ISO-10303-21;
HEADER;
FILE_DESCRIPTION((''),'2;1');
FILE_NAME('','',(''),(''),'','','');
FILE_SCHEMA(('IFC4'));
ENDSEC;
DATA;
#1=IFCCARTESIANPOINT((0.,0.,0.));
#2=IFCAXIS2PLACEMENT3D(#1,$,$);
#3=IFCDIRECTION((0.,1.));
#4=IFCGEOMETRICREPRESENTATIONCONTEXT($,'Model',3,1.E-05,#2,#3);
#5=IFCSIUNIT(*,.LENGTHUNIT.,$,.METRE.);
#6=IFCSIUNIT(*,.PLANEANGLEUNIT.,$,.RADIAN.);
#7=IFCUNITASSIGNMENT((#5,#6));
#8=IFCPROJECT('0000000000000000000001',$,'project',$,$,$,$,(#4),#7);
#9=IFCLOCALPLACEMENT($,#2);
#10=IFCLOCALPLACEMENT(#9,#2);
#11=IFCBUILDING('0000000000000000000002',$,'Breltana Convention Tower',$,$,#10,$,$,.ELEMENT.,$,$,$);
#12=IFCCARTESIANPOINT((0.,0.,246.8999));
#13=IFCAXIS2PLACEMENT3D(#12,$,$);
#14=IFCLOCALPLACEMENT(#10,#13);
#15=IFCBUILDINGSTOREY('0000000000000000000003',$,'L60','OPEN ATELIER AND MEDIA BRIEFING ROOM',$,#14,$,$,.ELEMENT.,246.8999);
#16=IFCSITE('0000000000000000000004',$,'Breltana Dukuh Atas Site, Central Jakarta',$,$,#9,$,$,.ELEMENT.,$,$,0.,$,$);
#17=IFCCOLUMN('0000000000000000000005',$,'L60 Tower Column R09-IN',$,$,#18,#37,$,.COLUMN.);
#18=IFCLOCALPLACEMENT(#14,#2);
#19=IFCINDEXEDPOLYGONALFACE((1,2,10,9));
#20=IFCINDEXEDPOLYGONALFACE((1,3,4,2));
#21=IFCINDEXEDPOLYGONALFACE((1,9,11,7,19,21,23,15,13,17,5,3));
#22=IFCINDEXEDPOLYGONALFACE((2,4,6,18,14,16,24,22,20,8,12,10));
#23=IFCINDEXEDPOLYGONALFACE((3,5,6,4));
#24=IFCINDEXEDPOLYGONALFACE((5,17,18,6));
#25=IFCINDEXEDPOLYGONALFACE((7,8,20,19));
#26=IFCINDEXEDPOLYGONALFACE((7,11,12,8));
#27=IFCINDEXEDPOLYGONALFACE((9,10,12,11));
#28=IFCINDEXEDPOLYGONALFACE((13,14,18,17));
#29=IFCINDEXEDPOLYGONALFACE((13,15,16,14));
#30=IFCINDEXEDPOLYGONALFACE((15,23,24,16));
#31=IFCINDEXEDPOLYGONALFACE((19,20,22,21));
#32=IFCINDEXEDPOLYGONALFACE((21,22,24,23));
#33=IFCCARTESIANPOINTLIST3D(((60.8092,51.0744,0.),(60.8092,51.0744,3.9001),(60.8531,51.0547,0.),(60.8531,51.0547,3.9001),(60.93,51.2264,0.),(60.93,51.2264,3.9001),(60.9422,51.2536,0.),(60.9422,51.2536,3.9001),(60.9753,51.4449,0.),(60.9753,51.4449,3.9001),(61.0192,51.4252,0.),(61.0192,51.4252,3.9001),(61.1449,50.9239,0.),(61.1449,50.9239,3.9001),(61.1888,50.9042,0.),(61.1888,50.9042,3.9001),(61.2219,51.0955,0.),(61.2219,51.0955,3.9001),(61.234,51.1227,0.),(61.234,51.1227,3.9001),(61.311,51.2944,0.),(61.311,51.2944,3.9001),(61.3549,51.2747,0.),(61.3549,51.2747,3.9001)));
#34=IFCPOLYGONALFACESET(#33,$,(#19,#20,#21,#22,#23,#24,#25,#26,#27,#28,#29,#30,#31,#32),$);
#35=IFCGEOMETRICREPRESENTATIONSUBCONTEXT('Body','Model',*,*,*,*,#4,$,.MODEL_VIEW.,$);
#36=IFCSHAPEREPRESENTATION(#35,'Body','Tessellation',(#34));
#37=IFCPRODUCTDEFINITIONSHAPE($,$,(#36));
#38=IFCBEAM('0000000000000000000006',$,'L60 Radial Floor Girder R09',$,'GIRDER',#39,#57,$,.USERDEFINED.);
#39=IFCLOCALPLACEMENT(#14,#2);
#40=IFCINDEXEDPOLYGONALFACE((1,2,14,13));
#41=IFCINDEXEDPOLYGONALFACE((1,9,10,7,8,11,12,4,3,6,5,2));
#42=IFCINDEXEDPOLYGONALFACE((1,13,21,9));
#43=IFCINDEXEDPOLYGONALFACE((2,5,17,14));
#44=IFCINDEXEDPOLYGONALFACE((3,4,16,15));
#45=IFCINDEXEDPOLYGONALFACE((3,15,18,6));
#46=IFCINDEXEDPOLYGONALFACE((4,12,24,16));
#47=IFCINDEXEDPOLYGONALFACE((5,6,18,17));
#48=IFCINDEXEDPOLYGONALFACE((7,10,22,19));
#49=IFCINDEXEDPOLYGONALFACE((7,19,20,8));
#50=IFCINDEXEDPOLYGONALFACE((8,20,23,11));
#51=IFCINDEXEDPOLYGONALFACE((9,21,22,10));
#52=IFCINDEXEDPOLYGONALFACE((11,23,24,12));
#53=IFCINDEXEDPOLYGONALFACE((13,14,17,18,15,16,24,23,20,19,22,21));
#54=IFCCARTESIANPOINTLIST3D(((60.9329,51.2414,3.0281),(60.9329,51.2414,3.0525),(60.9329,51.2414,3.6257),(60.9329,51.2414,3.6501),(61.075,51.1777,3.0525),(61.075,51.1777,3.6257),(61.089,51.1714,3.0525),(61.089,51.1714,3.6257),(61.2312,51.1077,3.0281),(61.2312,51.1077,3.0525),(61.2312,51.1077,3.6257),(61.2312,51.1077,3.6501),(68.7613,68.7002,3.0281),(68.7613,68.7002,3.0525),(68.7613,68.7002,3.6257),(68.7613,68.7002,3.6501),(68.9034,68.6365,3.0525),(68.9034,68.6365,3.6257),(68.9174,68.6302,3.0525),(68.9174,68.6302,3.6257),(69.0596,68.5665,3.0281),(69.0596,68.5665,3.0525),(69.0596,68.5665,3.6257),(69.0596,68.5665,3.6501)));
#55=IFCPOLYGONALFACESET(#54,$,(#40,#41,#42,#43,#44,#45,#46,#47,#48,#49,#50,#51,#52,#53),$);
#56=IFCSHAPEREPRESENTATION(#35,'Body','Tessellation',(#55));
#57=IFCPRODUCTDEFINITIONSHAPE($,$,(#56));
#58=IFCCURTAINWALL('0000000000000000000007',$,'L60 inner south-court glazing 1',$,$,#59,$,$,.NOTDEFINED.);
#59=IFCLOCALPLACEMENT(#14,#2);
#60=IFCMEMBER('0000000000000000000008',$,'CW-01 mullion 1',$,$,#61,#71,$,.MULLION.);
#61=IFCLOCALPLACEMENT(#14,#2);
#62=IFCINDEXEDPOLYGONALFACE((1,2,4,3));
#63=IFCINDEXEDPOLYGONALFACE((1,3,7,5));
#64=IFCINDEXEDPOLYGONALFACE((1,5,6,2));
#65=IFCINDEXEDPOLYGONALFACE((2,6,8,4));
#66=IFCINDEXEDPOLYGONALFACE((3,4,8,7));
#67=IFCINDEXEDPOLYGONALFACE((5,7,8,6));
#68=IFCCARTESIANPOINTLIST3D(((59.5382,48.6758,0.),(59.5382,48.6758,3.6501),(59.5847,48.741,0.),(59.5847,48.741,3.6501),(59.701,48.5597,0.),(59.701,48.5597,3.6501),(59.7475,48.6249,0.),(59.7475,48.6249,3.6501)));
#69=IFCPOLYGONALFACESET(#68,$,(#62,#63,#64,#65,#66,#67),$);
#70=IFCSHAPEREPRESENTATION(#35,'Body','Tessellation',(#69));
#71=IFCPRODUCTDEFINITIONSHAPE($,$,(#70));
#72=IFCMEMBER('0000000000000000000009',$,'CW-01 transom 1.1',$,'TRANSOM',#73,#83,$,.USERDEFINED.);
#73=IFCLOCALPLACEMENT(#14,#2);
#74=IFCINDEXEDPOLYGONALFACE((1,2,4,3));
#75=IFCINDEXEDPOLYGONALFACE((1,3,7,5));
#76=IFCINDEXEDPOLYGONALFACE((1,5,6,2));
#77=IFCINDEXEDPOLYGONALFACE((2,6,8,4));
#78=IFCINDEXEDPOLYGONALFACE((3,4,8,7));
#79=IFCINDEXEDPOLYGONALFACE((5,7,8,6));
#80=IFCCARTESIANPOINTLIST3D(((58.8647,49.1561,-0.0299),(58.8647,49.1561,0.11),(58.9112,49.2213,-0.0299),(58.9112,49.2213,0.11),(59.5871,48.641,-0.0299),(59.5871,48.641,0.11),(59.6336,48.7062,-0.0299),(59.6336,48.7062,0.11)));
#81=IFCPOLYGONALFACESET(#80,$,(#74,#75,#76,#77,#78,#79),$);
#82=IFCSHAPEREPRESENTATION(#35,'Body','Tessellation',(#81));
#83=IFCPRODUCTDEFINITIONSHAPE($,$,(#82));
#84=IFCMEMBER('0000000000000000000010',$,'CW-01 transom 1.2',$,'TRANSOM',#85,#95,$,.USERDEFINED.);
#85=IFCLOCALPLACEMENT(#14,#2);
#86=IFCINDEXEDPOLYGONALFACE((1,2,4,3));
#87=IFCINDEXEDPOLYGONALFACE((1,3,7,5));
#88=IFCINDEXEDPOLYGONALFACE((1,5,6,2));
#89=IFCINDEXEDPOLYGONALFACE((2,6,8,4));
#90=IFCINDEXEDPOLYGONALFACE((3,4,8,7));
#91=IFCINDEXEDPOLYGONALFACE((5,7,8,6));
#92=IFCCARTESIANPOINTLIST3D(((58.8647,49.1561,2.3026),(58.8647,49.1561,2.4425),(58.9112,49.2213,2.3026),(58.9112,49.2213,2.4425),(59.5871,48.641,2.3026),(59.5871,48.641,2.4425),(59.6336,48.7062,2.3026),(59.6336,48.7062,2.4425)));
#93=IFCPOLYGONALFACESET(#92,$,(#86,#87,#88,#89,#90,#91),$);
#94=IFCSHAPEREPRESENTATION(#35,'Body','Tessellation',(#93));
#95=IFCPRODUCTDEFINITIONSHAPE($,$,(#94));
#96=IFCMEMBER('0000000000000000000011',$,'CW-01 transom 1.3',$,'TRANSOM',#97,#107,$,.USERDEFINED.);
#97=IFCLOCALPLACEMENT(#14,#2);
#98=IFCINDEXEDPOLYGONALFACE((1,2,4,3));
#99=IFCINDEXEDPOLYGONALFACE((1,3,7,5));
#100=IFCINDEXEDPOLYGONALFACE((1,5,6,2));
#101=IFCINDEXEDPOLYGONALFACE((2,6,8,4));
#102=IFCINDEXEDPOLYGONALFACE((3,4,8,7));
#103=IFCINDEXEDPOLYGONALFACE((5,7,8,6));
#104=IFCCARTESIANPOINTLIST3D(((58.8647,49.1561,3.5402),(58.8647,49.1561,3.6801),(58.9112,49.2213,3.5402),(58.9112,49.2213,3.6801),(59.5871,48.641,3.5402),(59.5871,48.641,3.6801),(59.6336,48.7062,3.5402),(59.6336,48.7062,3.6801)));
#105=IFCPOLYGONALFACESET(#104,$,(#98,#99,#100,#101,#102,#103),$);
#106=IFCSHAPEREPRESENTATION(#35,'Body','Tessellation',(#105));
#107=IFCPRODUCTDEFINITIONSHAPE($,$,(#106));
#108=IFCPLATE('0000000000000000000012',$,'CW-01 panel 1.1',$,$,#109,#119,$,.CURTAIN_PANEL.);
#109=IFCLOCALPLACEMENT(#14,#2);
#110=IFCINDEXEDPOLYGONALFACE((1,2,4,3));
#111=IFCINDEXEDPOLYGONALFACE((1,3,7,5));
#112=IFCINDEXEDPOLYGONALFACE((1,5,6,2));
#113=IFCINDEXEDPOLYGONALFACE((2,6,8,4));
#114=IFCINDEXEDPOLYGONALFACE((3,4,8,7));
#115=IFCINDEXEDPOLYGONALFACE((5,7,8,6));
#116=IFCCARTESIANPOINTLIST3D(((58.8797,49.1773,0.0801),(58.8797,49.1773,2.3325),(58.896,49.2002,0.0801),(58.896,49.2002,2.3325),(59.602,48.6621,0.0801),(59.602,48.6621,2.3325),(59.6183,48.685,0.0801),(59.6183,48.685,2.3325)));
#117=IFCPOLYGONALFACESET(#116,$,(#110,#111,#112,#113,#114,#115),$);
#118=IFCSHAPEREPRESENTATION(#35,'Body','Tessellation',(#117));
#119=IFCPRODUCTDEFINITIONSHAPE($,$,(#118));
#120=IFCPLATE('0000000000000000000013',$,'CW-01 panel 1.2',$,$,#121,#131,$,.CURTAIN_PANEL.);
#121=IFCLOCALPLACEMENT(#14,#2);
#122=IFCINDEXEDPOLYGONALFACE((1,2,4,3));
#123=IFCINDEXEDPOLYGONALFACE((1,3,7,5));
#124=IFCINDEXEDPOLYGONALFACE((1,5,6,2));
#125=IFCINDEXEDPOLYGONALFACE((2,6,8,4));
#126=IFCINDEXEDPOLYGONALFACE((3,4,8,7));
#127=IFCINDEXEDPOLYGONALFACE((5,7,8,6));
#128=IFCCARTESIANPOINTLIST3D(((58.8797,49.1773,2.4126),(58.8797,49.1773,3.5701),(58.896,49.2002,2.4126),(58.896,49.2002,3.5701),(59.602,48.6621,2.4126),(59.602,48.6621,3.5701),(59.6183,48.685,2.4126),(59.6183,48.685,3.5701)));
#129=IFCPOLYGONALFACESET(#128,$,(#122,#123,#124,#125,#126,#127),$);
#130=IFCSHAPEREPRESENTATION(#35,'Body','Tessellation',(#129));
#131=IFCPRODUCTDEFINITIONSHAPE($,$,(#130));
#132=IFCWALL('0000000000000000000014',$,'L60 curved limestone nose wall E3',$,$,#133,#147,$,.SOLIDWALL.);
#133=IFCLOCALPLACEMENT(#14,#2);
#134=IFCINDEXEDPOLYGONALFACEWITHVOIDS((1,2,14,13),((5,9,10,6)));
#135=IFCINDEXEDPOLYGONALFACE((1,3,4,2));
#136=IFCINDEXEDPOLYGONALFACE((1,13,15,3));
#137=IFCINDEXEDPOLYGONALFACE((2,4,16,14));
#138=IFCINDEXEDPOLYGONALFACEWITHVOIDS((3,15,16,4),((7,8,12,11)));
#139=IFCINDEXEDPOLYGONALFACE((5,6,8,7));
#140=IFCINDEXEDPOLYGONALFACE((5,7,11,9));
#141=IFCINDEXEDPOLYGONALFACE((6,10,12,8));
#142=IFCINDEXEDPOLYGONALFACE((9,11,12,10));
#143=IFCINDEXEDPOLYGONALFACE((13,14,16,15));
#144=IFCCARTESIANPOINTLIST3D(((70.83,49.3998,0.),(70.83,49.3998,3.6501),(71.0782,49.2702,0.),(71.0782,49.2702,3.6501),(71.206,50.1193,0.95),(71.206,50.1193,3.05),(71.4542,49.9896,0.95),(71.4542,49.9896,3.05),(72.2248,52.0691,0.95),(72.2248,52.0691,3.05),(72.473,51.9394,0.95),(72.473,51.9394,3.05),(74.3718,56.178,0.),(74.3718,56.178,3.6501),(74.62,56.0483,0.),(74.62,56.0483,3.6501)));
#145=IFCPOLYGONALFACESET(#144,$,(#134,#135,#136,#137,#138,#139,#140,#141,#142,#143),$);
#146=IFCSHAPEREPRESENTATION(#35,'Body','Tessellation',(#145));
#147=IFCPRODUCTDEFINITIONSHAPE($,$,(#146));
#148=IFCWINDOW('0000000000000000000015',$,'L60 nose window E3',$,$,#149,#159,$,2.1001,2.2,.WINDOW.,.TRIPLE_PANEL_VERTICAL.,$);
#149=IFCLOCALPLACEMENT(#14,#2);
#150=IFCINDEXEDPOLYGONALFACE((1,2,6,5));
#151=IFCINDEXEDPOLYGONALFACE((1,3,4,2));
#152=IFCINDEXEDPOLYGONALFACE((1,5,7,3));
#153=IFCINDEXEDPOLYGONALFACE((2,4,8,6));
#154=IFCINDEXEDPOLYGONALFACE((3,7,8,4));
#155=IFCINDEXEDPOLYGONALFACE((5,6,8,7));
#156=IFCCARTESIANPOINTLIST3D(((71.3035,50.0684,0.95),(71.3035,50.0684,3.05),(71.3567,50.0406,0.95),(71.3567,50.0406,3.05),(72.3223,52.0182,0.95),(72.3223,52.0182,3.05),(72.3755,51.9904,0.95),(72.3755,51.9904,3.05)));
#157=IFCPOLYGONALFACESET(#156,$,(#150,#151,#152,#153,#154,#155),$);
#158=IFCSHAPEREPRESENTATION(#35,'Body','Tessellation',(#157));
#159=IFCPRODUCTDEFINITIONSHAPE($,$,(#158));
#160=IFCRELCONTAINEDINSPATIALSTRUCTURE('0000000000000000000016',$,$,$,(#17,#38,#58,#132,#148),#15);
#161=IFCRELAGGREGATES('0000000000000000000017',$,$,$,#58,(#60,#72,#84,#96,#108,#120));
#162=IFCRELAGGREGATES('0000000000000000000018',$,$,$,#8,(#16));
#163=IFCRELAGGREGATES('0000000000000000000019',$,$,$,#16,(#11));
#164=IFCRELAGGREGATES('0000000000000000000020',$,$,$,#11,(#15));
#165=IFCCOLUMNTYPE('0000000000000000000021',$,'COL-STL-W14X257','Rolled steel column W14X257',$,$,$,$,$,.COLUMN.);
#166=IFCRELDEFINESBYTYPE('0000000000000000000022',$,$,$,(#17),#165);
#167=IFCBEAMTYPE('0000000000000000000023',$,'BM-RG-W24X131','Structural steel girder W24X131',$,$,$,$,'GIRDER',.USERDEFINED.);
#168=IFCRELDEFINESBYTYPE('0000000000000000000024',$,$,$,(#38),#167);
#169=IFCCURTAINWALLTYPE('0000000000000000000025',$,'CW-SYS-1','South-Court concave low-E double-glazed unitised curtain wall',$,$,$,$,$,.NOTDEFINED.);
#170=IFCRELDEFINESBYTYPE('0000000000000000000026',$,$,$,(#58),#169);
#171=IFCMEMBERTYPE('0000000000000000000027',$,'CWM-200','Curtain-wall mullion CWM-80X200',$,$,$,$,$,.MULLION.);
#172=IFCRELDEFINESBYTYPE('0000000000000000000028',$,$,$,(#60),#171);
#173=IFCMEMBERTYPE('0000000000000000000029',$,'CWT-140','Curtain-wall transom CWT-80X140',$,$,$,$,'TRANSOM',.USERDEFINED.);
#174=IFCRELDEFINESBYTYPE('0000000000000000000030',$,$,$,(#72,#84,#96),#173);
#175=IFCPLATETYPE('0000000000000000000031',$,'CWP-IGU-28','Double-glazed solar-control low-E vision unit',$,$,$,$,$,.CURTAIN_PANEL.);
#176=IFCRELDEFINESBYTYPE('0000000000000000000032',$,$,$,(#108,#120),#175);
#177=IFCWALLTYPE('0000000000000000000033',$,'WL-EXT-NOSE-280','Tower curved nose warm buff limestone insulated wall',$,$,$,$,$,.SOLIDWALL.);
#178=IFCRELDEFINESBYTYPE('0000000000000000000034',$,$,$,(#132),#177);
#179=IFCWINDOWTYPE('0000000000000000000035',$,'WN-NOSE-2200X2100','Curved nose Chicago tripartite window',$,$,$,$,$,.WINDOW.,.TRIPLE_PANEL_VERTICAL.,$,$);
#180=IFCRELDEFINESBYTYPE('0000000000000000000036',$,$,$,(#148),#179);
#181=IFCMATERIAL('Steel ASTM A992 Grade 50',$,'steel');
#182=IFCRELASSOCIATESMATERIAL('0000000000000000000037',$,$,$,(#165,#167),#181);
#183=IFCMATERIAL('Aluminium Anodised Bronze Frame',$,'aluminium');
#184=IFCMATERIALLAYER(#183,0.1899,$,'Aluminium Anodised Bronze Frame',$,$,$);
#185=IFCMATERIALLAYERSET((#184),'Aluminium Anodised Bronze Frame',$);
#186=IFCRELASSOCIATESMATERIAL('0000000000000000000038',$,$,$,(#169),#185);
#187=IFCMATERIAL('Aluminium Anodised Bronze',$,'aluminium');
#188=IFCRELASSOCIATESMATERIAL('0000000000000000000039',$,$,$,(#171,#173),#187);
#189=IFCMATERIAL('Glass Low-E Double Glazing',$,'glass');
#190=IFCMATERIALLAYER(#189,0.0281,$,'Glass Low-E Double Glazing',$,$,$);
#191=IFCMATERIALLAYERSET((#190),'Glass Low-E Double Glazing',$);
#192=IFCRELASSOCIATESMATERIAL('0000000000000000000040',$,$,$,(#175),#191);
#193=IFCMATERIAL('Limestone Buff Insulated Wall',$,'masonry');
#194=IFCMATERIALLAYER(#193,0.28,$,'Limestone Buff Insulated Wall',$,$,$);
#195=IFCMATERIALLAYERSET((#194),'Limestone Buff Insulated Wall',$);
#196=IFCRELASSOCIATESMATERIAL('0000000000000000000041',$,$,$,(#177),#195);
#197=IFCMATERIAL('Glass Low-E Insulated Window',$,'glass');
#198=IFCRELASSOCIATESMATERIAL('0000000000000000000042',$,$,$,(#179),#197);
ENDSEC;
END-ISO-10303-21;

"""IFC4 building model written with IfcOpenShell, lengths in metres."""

from ifc_helpers import new_model, si_unit, direction, frame, frame_2d, origin, origin_2d, place, context, subcontext, project, spatial, rectangle, i_section, extrude, source, transform, mapped, material, layer, layer_set, material_profile, profile_set, type_object, type_shapes, element, fill, aggregate, save


model = new_model("IFC4")

# Units and contexts
model_context = context("Model", 3, precision=1e-05, world=origin(), true_north=direction((0.0, 1.0)))
body_context = subcontext(model_context, "Body", "Model", "MODEL_VIEW")
ifc_project = project(units=[si_unit("LENGTHUNIT", "METRE"), si_unit("PLANEANGLEUNIT", "RADIAN")], contexts=[model_context])

# Site, building, storey
site_placement = place(None, origin())
site = spatial("IfcSite", under=ifc_project, at=site_placement, Name="Breltana Dukuh Atas Site, Central Jakarta", CompositionType="ELEMENT", RefElevation=0.0)
building_placement = place(site_placement, origin())
building = spatial("IfcBuilding", under=site, at=building_placement, Name="Breltana Convention Tower", CompositionType="ELEMENT")
storey_placement = place(building_placement, frame((0.0, 0.0, 246.8999)))
storey = spatial("IfcBuildingStorey", under=building, at=storey_placement, Name="L60", Description="OPEN ATELIER AND MEDIA BRIEFING ROOM", CompositionType="ELEMENT", Elevation=246.8999)

# Column
ifc_material_1 = material(Name="Steel ASTM A992 Grade 50", Category="steel")
ifc_material_profile_1 = material_profile(ifc_material_1, i_section(OverallWidth=0.406, OverallDepth=0.416, WebThickness=0.0298, FlangeThickness=0.0481, at=origin_2d()), Name="W14X257")
ifc_profile_set_1 = profile_set([ifc_material_profile_1], Name="Steel ASTM A992 Grade 50")
column_type = type_object("IfcColumnType", Name="COL-STL-W14X257", Description="Rolled steel column W14X257", PredefinedType="COLUMN", material=ifc_profile_set_1)
shared_shape_1 = source(origin(), body_context, "Body", "SweptSolid", [
    extrude(i_section(OverallWidth=0.406, OverallDepth=0.416, WebThickness=0.0298, FlangeThickness=0.0481, at=origin_2d()), origin(), (0.0, 0.0, 1.0), 3.9001),
])
column_placement = place(storey_placement, frame((61.082, 51.1746, 0.0), z_axis=(0.0, 0.0, 1.0), x_axis=(0.409127, 0.912477, 0.0)))
element("IfcColumn", 1, at=column_placement, inside=storey, type_object=column_type, Name="L60 Tower Column R09-IN", PredefinedType="COLUMN", context=body_context, shape_type="MappedRepresentation", body=[
    mapped(shared_shape_1, transform((0.0, 0.0, 0.0), scale=1.0)),
])

# Beam
ifc_material_profile_2 = material_profile(ifc_material_1, i_section(OverallWidth=0.3269, OverallDepth=0.6221, WebThickness=0.0154, FlangeThickness=0.0244, at=origin_2d()), Name="W24X131")
ifc_profile_set_2 = profile_set([ifc_material_profile_2], Name="Steel ASTM A992 Grade 50")
beam_type = type_object("IfcBeamType", Name="BM-RG-W24X131", Description="Structural steel girder W24X131", ElementType="GIRDER", PredefinedType="USERDEFINED", material=ifc_profile_set_2)
shared_shape_2 = source(origin(), body_context, "Body", "SweptSolid", [
    extrude(i_section(OverallWidth=0.3269, OverallDepth=0.6221, WebThickness=0.0154, FlangeThickness=0.0244, at=origin_2d()), origin(), (0.0, 0.0, 1.0), 19.1335),
])
beam_placement = place(storey_placement, frame((61.082, 51.1746, 3.3391), z_axis=(0.409145, 0.91247, 0.0), x_axis=(-0.91247, 0.409145, 0.0)))
element("IfcBeam", 2, at=beam_placement, inside=storey, type_object=beam_type, Name="L60 Radial Floor Girder R09", ObjectType="GIRDER", PredefinedType="USERDEFINED", context=body_context, shape_type="MappedRepresentation", body=[
    mapped(shared_shape_2, transform((0.0, 0.0, 0.0), scale=1.0)),
])

# Curtain wall, members, plates
ifc_material_2 = material(Name="Aluminium Anodised Bronze Frame", Category="aluminium")
ifc_layer_1 = layer(ifc_material_2, 0.1899, Name="Aluminium Anodised Bronze Frame")
ifc_layer_set_1 = layer_set([ifc_layer_1], Name="Aluminium Anodised Bronze Frame")
curtain_wall_type = type_object("IfcCurtainWallType", Name="CW-SYS-1", Description="South-Court concave low-E double-glazed unitised curtain wall", PredefinedType="NOTDEFINED", material=ifc_layer_set_1)
curtain_wall_placement = place(storey_placement, origin())
curtain_wall = element("IfcCurtainWall", 3, at=curtain_wall_placement, inside=storey, type_object=curtain_wall_type, Name="L60 inner south-court glazing 1", PredefinedType="NOTDEFINED")
ifc_material_3 = material(Name="Aluminium Anodised Bronze", Category="aluminium")
ifc_material_profile_3 = material_profile(ifc_material_3, rectangle(XDim=0.0801, YDim=0.2, at=origin_2d()), Name="CWM-80X200")
ifc_profile_set_3 = profile_set([ifc_material_profile_3], Name="Aluminium Anodised Bronze")
member_type_1 = type_object("IfcMemberType", Name="CWM-200", Description="Curtain-wall mullion CWM-80X200", PredefinedType="MULLION", material=ifc_profile_set_3)
shared_shape_3 = source(origin(), body_context, "Body", "SweptSolid", [
    extrude(rectangle(XDim=0.0801, YDim=0.2, at=origin_2d()), origin(), (0.0, 0.0, 1.0), 3.6501),
])
member_1_placement = place(storey_placement, frame((59.6428, 48.6504, 0.0), z_axis=(0.0, 0.0, 1.0), x_axis=(-0.580679, -0.814132, 0.0)))
member_1 = element("IfcMember", 4, at=member_1_placement, type_object=member_type_1, Name="CW-01 mullion 1", PredefinedType="MULLION", context=body_context, shape_type="MappedRepresentation", body=[
    mapped(shared_shape_3, transform((0.0, 0.0, 0.0), scale=1.0)),
])
ifc_material_profile_4 = material_profile(ifc_material_3, rectangle(XDim=0.0801, YDim=0.1399, at=origin_2d()), Name="CWT-80X140")
ifc_profile_set_4 = profile_set([ifc_material_profile_4], Name="Aluminium Anodised Bronze")
member_type_2 = type_object("IfcMemberType", Name="CWT-140", Description="Curtain-wall transom CWT-80X140", ElementType="TRANSOM", PredefinedType="USERDEFINED", material=ifc_profile_set_4)
shared_shape_4 = source(origin(), body_context, "Body", "SweptSolid", [
    extrude(rectangle(XDim=0.0801, YDim=0.1399, at=origin_2d()), origin(), (0.0, 0.0, 1.0), 0.8872),
])
member_2_placement = place(storey_placement, frame((59.6104, 48.6736, 0.04), z_axis=(-0.814198, 0.580587, 0.0), x_axis=(-0.580587, -0.814198, 0.0)))
member_2 = element("IfcMember", 5, at=member_2_placement, type_object=member_type_2, Name="CW-01 transom 1.1", ObjectType="TRANSOM", PredefinedType="USERDEFINED", context=body_context, shape_type="MappedRepresentation", body=[
    mapped(shared_shape_4, transform((0.0, 0.0, 0.0), scale=1.0)),
])
member_3_placement = place(storey_placement, frame((59.6104, 48.6736, 2.3726), z_axis=(-0.814198, 0.580587, 0.0), x_axis=(-0.580587, -0.814198, 0.0)))
member_3 = element("IfcMember", 6, at=member_3_placement, type_object=member_type_2, Name="CW-01 transom 1.2", ObjectType="TRANSOM", PredefinedType="USERDEFINED", context=body_context, shape_type="MappedRepresentation", body=[
    mapped(shared_shape_4, transform((0.0, 0.0, 0.0), scale=1.0)),
])
member_4_placement = place(storey_placement, frame((59.6104, 48.6736, 3.6101), z_axis=(-0.814198, 0.580587, 0.0), x_axis=(-0.580587, -0.814198, 0.0)))
member_4 = element("IfcMember", 7, at=member_4_placement, type_object=member_type_2, Name="CW-01 transom 1.3", ObjectType="TRANSOM", PredefinedType="USERDEFINED", context=body_context, shape_type="MappedRepresentation", body=[
    mapped(shared_shape_4, transform((0.0, 0.0, 0.0), scale=1.0)),
])
ifc_material_4 = material(Name="Glass Low-E Double Glazing", Category="glass")
ifc_layer_2 = layer(ifc_material_4, 0.0281, Name="Glass Low-E Double Glazing")
ifc_layer_set_2 = layer_set([ifc_layer_2], Name="Glass Low-E Double Glazing")
plate_type = type_object("IfcPlateType", Name="CWP-IGU-28", Description="Double-glazed solar-control low-E vision unit", PredefinedType="CURTAIN_PANEL", material=ifc_layer_set_2)
shared_shape_5 = source(origin(), body_context, "Body", "SweptSolid", [
    extrude(rectangle(XDim=0.8872, YDim=0.0281, at=origin_2d()), origin(), (0.0, 0.0, 1.0), 2.2524),
])
plate_1_placement = place(storey_placement, frame((59.249, 48.9312, 0.0801), z_axis=(0.0, 0.0, 1.0), x_axis=(-0.814132, 0.580679, 0.0)))
plate_1 = element("IfcPlate", 8, at=plate_1_placement, type_object=plate_type, Name="CW-01 panel 1.1", PredefinedType="CURTAIN_PANEL", context=body_context, shape_type="MappedRepresentation", body=[
    mapped(shared_shape_5, transform((0.0, 0.0, 0.0), scale=1.0)),
])
shared_shape_6 = source(origin(), body_context, "Body", "SweptSolid", [
    extrude(rectangle(XDim=0.8872, YDim=0.0281, at=origin_2d()), origin(), (0.0, 0.0, 1.0), 1.1575),
])
plate_2_placement = place(storey_placement, frame((59.249, 48.9312, 2.4126), z_axis=(0.0, 0.0, 1.0), x_axis=(-0.814132, 0.580679, 0.0)))
plate_2 = element("IfcPlate", 9, at=plate_2_placement, type_object=plate_type, Name="CW-01 panel 1.2", PredefinedType="CURTAIN_PANEL", context=body_context, shape_type="MappedRepresentation", body=[
    mapped(shared_shape_6, transform((0.0, 0.0, 0.0), scale=1.0)),
])
aggregate(curtain_wall, [member_1, member_2, member_3, member_4, plate_1, plate_2])

# Wall, opening, window
ifc_material_5 = material(Name="Limestone Buff Insulated Wall", Category="masonry")
ifc_layer_3 = layer(ifc_material_5, 0.28, Name="Limestone Buff Insulated Wall")
ifc_layer_set_3 = layer_set([ifc_layer_3], Name="Limestone Buff Insulated Wall")
wall_type_1 = type_object("IfcWallType", Name="WL-EXT-NOSE-280", Description="Tower curved nose warm buff limestone insulated wall", PredefinedType="SOLIDWALL", material=ifc_layer_set_3)
shared_shape_7 = source(origin(), body_context, "Body", "SweptSolid", [
    extrude(rectangle(XDim=7.6477, YDim=0.28, at=frame_2d((3.8237, 0.0))), origin(), (0.0, 0.0, 1.0), 3.6501),
])
wall_1_placement = place(storey_placement, frame((74.4958, 56.113, 0.0), z_axis=(0.0, 0.0, 1.0), x_axis=(-0.463117, -0.886297, 0.0)))
wall_1 = element("IfcWall", 10, at=wall_1_placement, inside=storey, type_object=wall_type_1, Name="L60 curved limestone nose wall E3", PredefinedType="SOLIDWALL", context=body_context, shape_type="MappedRepresentation", body=[
    mapped(shared_shape_7, transform((0.0, 0.0, 0.0), scale=1.0)),
])
opening_1_placement = place(wall_1_placement, frame((4.6357, 0.0, 0.95)))
opening_1 = element("IfcOpeningElement", 11, at=opening_1_placement, cuts=wall_1, PredefinedType="OPENING", context=body_context, shape_type="SweptSolid", body=[
    extrude(rectangle(XDim=2.2, YDim=2.1001, at=frame_2d((1.1001, 1.05))), frame((0.0, 0.1499, 0.0), z_axis=(0.0, -1.0, 0.0), x_axis=(1.0, 0.0, 0.0)), (0.0, 0.0, 1.0), 0.3),
])
ifc_material_6 = material(Name="Glass Low-E Insulated Window", Category="glass")
window_type = type_object("IfcWindowType", Name="WN-NOSE-2200X2100", Description="Curved nose Chicago tripartite window", PartitioningType="TRIPLE_PANEL_VERTICAL", PredefinedType="WINDOW", material=ifc_material_6)
shared_shape_8 = source(origin(), body_context, "Body", "SweptSolid", [
    extrude(rectangle(XDim=2.2, YDim=2.1001, at=frame_2d((1.1001, 1.05))), frame((0.0, 0.03, 0.0), z_axis=(0.0, -1.0, 0.0), x_axis=(1.0, 0.0, 0.0)), (0.0, 0.0, 1.0), 0.0601),
])
type_shapes(window_type, [shared_shape_8])
window_1_placement = place(opening_1_placement, origin())
window_1 = element("IfcWindow", 12, at=window_1_placement, inside=storey, type_object=window_type, Name="L60 nose window E3", OverallHeight=2.1001, OverallWidth=2.2, PartitioningType="TRIPLE_PANEL_VERTICAL", PredefinedType="WINDOW", context=body_context, shape_type="MappedRepresentation", body=[
    mapped(shared_shape_8, transform((0.0, 0.0, 0.0), scale=1.0)),
])
fill(opening_1, window_1)

save(model, "model.ifc")
